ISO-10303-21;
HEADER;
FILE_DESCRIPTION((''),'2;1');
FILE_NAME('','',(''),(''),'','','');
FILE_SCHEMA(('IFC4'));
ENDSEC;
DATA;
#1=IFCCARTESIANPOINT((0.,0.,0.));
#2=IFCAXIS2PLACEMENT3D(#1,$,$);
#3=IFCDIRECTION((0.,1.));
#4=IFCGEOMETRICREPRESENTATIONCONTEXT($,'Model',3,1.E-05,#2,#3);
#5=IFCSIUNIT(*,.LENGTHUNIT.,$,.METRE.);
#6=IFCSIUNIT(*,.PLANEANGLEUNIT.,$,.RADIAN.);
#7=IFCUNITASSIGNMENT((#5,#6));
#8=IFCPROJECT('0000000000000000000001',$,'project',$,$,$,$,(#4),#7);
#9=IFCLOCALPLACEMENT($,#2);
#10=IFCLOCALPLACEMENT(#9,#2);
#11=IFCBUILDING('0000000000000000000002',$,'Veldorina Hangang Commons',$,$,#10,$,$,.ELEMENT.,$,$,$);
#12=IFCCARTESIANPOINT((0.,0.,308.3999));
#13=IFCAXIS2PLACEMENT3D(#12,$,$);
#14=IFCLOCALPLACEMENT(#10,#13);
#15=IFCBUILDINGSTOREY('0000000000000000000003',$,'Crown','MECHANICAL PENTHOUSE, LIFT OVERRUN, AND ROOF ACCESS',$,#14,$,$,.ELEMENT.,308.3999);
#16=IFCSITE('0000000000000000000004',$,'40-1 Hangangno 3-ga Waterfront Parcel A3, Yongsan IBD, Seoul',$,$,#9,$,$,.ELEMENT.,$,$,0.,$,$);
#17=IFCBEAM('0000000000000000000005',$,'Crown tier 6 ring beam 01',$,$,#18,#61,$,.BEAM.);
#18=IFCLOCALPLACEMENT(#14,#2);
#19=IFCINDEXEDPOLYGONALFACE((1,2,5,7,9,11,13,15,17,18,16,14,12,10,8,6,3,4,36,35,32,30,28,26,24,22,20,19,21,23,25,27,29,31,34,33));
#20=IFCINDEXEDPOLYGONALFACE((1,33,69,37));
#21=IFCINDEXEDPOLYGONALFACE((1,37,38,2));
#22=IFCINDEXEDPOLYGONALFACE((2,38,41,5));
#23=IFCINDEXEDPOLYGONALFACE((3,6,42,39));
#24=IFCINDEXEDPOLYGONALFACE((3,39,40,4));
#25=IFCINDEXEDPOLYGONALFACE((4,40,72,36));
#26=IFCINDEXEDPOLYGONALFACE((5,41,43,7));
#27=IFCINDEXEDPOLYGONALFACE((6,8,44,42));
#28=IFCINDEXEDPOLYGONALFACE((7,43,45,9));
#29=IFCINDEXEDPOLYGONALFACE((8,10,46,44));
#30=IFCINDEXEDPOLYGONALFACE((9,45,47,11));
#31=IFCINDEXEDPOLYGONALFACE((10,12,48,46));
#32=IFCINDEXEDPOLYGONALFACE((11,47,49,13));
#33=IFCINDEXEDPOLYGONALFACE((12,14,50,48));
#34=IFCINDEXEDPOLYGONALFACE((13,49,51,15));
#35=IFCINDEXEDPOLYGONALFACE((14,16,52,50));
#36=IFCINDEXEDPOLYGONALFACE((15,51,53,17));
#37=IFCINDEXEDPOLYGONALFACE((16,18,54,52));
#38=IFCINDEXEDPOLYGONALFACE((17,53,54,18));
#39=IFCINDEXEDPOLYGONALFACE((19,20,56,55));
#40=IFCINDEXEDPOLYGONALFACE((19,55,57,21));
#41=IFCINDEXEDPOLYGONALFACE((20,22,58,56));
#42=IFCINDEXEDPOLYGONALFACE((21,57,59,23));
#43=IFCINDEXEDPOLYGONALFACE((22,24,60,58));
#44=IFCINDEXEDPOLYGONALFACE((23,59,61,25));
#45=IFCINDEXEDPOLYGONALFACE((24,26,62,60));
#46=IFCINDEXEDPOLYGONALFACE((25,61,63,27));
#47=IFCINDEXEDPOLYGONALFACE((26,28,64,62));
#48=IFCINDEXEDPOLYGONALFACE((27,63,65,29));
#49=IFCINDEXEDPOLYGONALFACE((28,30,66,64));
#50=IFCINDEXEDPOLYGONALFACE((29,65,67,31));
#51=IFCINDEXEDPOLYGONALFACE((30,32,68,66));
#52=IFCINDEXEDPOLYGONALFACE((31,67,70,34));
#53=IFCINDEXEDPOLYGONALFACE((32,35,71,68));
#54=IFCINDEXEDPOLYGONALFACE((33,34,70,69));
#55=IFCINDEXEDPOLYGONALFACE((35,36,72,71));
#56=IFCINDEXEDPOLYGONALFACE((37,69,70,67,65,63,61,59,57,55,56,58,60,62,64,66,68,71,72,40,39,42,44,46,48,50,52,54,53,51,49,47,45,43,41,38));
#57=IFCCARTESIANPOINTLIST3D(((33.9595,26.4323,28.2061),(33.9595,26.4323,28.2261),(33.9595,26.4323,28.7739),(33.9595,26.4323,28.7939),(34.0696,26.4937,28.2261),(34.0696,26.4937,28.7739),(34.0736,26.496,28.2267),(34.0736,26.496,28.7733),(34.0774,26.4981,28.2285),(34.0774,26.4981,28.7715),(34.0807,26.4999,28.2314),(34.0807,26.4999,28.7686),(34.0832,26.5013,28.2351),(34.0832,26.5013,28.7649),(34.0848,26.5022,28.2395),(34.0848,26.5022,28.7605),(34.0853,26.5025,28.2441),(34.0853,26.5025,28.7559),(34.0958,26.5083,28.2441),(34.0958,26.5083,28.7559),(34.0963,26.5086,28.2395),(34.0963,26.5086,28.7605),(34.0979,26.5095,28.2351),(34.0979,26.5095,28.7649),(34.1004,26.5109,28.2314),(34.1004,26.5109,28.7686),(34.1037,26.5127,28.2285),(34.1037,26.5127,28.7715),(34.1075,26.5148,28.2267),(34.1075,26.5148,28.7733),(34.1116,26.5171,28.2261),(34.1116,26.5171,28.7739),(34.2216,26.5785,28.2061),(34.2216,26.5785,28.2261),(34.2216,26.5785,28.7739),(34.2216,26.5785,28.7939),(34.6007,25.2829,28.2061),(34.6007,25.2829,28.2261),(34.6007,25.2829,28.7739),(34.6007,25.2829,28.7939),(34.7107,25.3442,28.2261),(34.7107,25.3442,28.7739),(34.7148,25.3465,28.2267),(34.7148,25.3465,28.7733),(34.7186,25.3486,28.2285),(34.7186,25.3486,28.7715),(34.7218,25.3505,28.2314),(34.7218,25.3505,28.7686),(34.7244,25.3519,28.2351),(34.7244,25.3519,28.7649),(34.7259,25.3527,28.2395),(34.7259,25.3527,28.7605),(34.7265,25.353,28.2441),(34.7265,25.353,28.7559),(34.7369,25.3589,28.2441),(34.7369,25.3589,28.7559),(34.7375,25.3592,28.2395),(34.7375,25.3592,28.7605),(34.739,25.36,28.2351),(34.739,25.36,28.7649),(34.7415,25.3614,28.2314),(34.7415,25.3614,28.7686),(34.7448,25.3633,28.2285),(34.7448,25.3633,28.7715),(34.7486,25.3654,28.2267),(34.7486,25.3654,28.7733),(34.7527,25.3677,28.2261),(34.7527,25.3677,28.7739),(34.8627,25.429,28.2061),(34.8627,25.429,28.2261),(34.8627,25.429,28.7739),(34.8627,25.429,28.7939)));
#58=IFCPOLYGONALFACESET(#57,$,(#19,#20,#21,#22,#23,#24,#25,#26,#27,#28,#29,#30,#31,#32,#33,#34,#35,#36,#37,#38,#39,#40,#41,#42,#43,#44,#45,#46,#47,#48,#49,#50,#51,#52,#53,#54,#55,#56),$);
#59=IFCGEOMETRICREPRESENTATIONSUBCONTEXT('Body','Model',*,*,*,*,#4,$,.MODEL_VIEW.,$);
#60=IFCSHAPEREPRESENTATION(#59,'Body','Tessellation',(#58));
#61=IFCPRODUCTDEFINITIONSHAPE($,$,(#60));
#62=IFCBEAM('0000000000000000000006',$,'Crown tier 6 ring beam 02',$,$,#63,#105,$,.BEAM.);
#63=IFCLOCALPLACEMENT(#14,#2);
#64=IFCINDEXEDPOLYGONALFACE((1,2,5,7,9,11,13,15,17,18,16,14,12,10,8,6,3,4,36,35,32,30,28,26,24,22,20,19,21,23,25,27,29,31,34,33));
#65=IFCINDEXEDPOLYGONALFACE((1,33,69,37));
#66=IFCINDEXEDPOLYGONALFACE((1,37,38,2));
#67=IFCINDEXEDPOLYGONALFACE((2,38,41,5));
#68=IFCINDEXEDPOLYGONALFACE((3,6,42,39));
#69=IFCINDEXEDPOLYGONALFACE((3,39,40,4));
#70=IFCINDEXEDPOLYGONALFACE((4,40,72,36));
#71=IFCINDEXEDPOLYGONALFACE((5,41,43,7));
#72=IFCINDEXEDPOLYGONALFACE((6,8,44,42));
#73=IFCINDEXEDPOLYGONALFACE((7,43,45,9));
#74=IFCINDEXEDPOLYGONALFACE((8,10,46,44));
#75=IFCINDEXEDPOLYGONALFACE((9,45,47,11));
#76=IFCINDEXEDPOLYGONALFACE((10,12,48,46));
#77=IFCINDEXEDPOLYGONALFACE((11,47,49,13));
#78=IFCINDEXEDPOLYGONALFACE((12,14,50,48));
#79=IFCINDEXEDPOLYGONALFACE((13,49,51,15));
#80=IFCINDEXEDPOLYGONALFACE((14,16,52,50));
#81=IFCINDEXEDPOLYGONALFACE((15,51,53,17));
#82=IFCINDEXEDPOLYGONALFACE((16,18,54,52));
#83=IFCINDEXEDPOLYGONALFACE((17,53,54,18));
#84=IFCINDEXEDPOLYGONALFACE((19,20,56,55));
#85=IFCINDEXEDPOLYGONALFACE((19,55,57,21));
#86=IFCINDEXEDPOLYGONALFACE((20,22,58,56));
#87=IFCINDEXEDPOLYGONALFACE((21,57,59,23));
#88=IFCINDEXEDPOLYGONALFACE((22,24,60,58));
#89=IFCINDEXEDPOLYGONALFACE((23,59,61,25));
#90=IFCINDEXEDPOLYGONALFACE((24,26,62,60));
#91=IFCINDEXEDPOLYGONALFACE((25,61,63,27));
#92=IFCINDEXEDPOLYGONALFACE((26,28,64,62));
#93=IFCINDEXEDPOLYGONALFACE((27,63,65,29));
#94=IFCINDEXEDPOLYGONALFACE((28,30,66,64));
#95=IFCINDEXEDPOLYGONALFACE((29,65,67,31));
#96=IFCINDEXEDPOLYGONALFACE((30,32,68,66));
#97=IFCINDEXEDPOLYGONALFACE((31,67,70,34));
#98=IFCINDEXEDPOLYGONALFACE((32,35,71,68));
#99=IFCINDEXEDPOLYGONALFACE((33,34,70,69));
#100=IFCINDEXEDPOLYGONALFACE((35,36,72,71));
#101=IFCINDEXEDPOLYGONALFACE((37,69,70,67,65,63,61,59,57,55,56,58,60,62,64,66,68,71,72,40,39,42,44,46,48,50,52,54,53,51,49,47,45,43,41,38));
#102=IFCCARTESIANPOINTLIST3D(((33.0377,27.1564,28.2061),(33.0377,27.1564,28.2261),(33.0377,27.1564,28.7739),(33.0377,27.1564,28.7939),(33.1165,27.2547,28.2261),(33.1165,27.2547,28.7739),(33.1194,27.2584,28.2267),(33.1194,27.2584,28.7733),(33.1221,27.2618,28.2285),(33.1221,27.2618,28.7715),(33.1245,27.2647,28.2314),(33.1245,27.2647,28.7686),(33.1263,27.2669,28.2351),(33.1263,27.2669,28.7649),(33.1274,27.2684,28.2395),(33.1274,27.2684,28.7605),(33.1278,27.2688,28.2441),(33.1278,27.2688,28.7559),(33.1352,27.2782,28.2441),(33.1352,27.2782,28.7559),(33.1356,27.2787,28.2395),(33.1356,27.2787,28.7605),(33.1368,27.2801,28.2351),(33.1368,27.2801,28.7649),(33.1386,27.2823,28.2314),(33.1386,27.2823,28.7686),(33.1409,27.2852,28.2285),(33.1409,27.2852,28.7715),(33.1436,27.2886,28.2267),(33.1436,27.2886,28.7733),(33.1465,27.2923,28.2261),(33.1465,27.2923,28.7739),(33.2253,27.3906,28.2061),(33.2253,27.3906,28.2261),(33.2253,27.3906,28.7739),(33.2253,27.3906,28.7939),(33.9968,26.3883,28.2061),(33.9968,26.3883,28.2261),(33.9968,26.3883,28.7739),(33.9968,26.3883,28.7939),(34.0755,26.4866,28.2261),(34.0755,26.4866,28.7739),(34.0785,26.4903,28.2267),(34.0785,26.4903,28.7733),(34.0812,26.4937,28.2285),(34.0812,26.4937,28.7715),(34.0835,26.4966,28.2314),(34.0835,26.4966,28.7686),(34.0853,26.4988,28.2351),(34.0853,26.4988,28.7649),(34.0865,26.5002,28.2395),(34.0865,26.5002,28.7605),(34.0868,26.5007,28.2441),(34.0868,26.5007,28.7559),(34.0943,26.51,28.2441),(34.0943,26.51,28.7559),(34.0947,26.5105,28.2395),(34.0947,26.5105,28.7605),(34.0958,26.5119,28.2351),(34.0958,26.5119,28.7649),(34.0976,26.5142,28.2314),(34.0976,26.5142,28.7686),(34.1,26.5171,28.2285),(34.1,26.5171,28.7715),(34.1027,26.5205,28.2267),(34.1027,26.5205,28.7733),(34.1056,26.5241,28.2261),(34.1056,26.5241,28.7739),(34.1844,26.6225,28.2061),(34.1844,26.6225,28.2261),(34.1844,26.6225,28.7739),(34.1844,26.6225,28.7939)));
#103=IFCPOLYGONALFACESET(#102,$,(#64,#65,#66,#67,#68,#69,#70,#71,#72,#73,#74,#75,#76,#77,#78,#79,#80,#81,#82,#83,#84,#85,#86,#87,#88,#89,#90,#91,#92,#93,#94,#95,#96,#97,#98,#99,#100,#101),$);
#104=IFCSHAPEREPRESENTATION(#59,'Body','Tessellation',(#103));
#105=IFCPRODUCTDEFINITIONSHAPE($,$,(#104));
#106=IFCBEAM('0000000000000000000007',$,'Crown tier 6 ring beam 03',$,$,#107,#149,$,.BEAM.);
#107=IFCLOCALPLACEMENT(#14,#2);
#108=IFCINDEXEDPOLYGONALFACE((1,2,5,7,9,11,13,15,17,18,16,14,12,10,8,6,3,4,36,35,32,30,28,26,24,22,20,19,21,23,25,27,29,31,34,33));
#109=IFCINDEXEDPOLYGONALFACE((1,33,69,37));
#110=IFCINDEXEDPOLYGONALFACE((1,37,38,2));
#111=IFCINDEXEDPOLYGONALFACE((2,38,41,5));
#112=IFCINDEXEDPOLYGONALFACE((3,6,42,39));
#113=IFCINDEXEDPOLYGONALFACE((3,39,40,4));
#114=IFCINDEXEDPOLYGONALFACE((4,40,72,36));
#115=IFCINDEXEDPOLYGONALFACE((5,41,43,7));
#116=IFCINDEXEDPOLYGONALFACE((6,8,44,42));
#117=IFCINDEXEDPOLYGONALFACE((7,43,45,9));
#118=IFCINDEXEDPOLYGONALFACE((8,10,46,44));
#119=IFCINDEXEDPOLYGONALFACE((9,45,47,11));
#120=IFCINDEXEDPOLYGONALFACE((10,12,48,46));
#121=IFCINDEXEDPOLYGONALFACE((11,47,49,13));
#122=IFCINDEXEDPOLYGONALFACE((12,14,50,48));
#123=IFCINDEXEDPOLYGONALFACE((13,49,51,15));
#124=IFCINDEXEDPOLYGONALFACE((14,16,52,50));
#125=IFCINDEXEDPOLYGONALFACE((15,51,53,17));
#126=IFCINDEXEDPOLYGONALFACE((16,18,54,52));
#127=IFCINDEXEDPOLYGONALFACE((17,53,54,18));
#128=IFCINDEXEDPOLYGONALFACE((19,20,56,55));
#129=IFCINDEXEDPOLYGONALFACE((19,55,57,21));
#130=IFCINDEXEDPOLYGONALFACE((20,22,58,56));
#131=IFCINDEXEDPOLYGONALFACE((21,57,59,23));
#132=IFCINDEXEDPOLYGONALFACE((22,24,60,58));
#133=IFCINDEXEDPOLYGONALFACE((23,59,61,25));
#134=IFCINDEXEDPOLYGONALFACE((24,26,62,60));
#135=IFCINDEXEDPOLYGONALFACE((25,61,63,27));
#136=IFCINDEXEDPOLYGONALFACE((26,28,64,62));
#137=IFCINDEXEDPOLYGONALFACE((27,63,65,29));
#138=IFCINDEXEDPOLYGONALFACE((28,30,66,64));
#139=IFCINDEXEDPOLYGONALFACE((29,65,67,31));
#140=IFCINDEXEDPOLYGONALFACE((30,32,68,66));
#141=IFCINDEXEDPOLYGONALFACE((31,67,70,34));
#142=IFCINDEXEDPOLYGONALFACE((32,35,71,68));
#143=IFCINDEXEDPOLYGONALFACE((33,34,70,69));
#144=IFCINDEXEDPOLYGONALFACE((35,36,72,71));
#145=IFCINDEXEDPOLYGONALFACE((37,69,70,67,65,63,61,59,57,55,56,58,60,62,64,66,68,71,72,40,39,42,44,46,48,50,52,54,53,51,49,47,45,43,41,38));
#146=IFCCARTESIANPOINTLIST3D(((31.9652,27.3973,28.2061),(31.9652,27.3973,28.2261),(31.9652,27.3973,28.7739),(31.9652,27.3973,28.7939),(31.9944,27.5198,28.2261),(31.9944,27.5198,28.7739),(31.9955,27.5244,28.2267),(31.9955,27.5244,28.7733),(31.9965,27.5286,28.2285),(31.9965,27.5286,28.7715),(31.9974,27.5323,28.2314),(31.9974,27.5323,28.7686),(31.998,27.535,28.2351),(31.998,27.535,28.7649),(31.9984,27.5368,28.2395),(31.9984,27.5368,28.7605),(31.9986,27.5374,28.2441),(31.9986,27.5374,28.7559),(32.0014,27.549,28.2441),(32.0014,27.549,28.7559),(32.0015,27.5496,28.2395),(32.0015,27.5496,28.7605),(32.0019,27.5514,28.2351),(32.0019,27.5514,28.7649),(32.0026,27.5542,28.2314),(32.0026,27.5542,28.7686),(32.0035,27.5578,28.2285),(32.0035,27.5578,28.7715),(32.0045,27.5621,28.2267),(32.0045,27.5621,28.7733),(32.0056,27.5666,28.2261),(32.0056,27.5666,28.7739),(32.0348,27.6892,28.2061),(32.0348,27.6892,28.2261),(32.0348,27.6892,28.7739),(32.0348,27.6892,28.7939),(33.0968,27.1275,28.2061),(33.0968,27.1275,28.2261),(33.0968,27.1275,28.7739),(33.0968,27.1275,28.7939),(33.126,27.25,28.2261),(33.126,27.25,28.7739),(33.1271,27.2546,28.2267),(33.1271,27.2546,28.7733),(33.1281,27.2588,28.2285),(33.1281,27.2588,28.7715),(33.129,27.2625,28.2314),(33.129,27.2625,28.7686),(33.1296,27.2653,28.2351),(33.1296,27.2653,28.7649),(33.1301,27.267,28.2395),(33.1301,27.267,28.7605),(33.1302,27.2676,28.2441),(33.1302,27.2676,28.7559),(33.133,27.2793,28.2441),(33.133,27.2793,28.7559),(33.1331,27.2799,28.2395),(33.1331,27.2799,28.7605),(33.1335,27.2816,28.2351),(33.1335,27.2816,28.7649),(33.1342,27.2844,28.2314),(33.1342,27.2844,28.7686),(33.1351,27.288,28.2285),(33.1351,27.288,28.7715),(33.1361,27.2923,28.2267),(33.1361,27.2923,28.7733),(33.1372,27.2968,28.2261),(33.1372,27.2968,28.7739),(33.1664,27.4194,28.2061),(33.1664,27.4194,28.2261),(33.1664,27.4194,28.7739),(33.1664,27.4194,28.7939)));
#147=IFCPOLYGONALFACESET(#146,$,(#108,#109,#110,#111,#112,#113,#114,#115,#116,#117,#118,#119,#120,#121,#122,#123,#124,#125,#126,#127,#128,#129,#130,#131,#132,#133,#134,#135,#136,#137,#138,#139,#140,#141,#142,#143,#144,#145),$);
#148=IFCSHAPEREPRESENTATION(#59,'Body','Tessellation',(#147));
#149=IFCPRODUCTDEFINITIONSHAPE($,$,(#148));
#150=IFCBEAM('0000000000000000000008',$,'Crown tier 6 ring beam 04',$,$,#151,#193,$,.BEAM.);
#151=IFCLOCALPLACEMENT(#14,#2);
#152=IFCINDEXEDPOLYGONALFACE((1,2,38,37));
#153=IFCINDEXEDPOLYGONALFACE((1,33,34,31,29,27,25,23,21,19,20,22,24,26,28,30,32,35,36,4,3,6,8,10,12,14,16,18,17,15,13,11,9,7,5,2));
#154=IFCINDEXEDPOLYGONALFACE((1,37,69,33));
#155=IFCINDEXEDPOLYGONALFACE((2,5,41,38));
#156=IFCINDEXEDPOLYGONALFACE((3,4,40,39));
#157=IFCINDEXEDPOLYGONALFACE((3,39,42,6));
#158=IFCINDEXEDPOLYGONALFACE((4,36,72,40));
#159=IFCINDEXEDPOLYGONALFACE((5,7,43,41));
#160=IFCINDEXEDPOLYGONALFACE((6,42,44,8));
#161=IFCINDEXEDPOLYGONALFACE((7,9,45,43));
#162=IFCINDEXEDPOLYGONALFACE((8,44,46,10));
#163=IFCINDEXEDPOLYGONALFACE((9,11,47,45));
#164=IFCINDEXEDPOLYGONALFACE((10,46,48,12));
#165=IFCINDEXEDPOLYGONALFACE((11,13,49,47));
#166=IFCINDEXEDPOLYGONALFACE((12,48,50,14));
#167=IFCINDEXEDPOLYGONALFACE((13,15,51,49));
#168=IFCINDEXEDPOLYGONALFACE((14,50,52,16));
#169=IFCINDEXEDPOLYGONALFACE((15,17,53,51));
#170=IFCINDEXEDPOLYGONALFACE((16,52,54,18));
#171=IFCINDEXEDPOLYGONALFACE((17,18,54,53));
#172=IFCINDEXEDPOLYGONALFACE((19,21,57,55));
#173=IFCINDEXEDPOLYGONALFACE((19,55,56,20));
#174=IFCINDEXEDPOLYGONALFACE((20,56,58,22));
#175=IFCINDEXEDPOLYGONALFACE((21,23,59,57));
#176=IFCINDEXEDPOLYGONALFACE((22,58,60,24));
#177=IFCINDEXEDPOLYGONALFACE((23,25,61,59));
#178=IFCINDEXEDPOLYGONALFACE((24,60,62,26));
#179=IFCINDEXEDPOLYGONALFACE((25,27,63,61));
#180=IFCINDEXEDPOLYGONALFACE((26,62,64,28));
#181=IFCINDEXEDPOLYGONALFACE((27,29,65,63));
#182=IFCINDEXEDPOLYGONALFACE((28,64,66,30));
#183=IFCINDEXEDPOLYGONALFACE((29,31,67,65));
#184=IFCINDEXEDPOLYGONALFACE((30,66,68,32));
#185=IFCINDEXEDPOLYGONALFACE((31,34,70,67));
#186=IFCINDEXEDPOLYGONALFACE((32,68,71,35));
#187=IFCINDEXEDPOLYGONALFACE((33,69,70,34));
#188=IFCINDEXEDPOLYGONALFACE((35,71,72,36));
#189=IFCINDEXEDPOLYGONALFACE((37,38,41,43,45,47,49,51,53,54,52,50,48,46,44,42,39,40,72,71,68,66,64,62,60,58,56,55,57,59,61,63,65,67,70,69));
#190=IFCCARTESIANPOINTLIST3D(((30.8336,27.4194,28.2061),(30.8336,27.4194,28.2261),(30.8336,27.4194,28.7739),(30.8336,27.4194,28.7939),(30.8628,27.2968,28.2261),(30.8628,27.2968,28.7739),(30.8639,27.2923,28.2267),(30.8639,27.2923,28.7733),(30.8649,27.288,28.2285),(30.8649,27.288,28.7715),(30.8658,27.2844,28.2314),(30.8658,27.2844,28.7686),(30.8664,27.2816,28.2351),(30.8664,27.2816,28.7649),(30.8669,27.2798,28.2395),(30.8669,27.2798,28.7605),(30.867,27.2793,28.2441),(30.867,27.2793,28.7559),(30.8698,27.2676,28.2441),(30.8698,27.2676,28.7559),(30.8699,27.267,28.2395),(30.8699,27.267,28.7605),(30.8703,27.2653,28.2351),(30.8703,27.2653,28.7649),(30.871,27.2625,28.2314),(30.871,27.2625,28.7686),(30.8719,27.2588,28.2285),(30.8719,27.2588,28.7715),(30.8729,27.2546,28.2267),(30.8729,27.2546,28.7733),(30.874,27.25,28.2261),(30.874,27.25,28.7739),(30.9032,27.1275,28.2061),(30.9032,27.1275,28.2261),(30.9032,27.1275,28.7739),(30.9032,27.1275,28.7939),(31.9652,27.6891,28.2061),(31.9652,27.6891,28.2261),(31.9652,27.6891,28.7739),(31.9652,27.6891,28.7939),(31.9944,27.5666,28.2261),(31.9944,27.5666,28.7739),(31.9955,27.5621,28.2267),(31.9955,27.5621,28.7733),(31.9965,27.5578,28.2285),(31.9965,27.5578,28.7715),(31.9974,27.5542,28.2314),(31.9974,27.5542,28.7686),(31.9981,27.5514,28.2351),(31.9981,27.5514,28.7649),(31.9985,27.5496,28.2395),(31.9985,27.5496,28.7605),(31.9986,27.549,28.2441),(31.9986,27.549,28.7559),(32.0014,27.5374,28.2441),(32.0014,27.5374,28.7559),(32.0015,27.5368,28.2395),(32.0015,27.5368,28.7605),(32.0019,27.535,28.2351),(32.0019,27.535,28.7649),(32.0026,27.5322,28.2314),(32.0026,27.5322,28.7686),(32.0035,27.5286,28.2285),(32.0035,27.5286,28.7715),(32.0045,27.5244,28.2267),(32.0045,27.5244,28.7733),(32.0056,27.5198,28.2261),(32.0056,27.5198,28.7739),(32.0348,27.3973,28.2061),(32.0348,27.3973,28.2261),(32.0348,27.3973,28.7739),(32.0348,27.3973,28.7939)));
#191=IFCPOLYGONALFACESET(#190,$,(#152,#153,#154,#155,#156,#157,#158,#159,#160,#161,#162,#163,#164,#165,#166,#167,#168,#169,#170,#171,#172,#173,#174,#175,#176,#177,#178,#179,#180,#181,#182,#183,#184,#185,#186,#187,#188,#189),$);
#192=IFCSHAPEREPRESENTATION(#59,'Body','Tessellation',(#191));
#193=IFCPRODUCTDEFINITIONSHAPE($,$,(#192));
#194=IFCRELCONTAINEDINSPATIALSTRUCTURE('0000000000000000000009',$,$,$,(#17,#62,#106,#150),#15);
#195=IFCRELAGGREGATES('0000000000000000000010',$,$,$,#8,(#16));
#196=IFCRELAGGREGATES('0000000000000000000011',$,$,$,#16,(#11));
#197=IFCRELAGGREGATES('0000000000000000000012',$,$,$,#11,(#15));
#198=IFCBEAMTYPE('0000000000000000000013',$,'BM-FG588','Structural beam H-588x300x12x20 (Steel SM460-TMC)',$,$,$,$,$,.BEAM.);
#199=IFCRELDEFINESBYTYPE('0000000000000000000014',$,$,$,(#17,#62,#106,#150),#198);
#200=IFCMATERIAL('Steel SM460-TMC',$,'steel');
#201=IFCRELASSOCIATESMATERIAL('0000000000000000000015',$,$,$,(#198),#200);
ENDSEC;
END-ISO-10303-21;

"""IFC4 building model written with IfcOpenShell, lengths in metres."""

from ifc_helpers import new_model, si_unit, direction, frame, origin, origin_2d, place, context, subcontext, project, spatial, i_section, extrude, material, material_profile, profile_set, type_object, element, save


model = new_model("IFC4")

# Units and contexts
model_context = context("Model", 3, precision=1e-05, world=origin(), true_north=direction((0.0, 1.0)))
body_context = subcontext(model_context, "Body", "Model", "MODEL_VIEW")
ifc_project = project(units=[si_unit("LENGTHUNIT", "METRE"), si_unit("PLANEANGLEUNIT", "RADIAN")], contexts=[model_context])

# Site, building, storey
site_placement = place(None, origin())
site = spatial("IfcSite", under=ifc_project, at=site_placement, Name="40-1 Hangangno 3-ga Waterfront Parcel A3, Yongsan IBD, Seoul", CompositionType="ELEMENT", RefElevation=0.0)
building_placement = place(site_placement, origin())
building = spatial("IfcBuilding", under=site, at=building_placement, Name="Veldorina Hangang Commons", CompositionType="ELEMENT")
storey_placement = place(building_placement, frame((0.0, 0.0, 308.3999)))
storey = spatial("IfcBuildingStorey", under=building, at=storey_placement, Name="Crown", Description="MECHANICAL PENTHOUSE, LIFT OVERRUN, AND ROOF ACCESS", CompositionType="ELEMENT", Elevation=308.3999)

# Beams
ifc_material_1 = material(Name="Steel SM460-TMC", Category="steel")
ifc_material_profile_1 = material_profile(ifc_material_1, i_section(OverallWidth=0.3, OverallDepth=0.5879, WebThickness=0.012, FlangeThickness=0.02, FilletRadius=0.0181, at=origin_2d()), Name="H-588x300x12x20")
ifc_profile_set_1 = profile_set([ifc_material_profile_1], Name="Steel SM460-TMC")
beam_type = type_object("IfcBeamType", Name="BM-FG588", Description="Structural beam H-588x300x12x20 (Steel SM460-TMC)", PredefinedType="BEAM", material=ifc_profile_set_1)
beam_1_placement = place(storey_placement, frame((34.7317, 25.356, 28.5), z_axis=(-0.487123, 0.873334, 0.0), x_axis=(-0.873334, -0.487123, 0.0)))
element("IfcBeam", 1, at=beam_1_placement, inside=storey, type_object=beam_type, Name="Crown tier 6 ring beam 01", PredefinedType="BEAM", context=body_context, shape_type="SweptSolid", body=[
    extrude(i_section(OverallWidth=0.3, OverallDepth=0.5879, WebThickness=0.012, FlangeThickness=0.02, FilletRadius=0.0181, at=origin_2d()), origin(), (0.0, 0.0, 1.0), 1.3162),
])
beam_2_placement = place(storey_placement, frame((34.0906, 26.5054, 28.5), z_axis=(-0.78052, 0.625131, 0.0), x_axis=(-0.625131, -0.78052, 0.0)))
element("IfcBeam", 2, at=beam_2_placement, inside=storey, type_object=beam_type, Name="Crown tier 6 ring beam 02", PredefinedType="BEAM", context=body_context, shape_type="SweptSolid", body=[
    extrude(i_section(OverallWidth=0.3, OverallDepth=0.5879, WebThickness=0.012, FlangeThickness=0.02, FilletRadius=0.0181, at=origin_2d()), origin(), (0.0, 0.0, 1.0), 1.2288),
])
for number, where, z_axis, x_axis, name in (
    (3, (33.1316, 27.2734, 28.5), (-0.972739, 0.231904, 0.0), (-0.231904, -0.972739, 0.0), "Crown tier 6 ring beam 03"),
    (4, (32.0, 27.5432, 28.5), (-0.972739, -0.231904, 0.0), (0.231904, -0.972739, 0.0), "Crown tier 6 ring beam 04"),
):
    element("IfcBeam", number, at=place(storey_placement, frame(where, z_axis=z_axis, x_axis=x_axis)), inside=storey, type_object=beam_type, Name=name, PredefinedType="BEAM", context=body_context, shape_type="SweptSolid", body=[
        extrude(i_section(OverallWidth=0.3, OverallDepth=0.5879, WebThickness=0.012, FlangeThickness=0.02, FilletRadius=0.0181, at=origin_2d()), origin(), (0.0, 0.0, 1.0), 1.1633),
    ])

save(model, "model.ifc")
